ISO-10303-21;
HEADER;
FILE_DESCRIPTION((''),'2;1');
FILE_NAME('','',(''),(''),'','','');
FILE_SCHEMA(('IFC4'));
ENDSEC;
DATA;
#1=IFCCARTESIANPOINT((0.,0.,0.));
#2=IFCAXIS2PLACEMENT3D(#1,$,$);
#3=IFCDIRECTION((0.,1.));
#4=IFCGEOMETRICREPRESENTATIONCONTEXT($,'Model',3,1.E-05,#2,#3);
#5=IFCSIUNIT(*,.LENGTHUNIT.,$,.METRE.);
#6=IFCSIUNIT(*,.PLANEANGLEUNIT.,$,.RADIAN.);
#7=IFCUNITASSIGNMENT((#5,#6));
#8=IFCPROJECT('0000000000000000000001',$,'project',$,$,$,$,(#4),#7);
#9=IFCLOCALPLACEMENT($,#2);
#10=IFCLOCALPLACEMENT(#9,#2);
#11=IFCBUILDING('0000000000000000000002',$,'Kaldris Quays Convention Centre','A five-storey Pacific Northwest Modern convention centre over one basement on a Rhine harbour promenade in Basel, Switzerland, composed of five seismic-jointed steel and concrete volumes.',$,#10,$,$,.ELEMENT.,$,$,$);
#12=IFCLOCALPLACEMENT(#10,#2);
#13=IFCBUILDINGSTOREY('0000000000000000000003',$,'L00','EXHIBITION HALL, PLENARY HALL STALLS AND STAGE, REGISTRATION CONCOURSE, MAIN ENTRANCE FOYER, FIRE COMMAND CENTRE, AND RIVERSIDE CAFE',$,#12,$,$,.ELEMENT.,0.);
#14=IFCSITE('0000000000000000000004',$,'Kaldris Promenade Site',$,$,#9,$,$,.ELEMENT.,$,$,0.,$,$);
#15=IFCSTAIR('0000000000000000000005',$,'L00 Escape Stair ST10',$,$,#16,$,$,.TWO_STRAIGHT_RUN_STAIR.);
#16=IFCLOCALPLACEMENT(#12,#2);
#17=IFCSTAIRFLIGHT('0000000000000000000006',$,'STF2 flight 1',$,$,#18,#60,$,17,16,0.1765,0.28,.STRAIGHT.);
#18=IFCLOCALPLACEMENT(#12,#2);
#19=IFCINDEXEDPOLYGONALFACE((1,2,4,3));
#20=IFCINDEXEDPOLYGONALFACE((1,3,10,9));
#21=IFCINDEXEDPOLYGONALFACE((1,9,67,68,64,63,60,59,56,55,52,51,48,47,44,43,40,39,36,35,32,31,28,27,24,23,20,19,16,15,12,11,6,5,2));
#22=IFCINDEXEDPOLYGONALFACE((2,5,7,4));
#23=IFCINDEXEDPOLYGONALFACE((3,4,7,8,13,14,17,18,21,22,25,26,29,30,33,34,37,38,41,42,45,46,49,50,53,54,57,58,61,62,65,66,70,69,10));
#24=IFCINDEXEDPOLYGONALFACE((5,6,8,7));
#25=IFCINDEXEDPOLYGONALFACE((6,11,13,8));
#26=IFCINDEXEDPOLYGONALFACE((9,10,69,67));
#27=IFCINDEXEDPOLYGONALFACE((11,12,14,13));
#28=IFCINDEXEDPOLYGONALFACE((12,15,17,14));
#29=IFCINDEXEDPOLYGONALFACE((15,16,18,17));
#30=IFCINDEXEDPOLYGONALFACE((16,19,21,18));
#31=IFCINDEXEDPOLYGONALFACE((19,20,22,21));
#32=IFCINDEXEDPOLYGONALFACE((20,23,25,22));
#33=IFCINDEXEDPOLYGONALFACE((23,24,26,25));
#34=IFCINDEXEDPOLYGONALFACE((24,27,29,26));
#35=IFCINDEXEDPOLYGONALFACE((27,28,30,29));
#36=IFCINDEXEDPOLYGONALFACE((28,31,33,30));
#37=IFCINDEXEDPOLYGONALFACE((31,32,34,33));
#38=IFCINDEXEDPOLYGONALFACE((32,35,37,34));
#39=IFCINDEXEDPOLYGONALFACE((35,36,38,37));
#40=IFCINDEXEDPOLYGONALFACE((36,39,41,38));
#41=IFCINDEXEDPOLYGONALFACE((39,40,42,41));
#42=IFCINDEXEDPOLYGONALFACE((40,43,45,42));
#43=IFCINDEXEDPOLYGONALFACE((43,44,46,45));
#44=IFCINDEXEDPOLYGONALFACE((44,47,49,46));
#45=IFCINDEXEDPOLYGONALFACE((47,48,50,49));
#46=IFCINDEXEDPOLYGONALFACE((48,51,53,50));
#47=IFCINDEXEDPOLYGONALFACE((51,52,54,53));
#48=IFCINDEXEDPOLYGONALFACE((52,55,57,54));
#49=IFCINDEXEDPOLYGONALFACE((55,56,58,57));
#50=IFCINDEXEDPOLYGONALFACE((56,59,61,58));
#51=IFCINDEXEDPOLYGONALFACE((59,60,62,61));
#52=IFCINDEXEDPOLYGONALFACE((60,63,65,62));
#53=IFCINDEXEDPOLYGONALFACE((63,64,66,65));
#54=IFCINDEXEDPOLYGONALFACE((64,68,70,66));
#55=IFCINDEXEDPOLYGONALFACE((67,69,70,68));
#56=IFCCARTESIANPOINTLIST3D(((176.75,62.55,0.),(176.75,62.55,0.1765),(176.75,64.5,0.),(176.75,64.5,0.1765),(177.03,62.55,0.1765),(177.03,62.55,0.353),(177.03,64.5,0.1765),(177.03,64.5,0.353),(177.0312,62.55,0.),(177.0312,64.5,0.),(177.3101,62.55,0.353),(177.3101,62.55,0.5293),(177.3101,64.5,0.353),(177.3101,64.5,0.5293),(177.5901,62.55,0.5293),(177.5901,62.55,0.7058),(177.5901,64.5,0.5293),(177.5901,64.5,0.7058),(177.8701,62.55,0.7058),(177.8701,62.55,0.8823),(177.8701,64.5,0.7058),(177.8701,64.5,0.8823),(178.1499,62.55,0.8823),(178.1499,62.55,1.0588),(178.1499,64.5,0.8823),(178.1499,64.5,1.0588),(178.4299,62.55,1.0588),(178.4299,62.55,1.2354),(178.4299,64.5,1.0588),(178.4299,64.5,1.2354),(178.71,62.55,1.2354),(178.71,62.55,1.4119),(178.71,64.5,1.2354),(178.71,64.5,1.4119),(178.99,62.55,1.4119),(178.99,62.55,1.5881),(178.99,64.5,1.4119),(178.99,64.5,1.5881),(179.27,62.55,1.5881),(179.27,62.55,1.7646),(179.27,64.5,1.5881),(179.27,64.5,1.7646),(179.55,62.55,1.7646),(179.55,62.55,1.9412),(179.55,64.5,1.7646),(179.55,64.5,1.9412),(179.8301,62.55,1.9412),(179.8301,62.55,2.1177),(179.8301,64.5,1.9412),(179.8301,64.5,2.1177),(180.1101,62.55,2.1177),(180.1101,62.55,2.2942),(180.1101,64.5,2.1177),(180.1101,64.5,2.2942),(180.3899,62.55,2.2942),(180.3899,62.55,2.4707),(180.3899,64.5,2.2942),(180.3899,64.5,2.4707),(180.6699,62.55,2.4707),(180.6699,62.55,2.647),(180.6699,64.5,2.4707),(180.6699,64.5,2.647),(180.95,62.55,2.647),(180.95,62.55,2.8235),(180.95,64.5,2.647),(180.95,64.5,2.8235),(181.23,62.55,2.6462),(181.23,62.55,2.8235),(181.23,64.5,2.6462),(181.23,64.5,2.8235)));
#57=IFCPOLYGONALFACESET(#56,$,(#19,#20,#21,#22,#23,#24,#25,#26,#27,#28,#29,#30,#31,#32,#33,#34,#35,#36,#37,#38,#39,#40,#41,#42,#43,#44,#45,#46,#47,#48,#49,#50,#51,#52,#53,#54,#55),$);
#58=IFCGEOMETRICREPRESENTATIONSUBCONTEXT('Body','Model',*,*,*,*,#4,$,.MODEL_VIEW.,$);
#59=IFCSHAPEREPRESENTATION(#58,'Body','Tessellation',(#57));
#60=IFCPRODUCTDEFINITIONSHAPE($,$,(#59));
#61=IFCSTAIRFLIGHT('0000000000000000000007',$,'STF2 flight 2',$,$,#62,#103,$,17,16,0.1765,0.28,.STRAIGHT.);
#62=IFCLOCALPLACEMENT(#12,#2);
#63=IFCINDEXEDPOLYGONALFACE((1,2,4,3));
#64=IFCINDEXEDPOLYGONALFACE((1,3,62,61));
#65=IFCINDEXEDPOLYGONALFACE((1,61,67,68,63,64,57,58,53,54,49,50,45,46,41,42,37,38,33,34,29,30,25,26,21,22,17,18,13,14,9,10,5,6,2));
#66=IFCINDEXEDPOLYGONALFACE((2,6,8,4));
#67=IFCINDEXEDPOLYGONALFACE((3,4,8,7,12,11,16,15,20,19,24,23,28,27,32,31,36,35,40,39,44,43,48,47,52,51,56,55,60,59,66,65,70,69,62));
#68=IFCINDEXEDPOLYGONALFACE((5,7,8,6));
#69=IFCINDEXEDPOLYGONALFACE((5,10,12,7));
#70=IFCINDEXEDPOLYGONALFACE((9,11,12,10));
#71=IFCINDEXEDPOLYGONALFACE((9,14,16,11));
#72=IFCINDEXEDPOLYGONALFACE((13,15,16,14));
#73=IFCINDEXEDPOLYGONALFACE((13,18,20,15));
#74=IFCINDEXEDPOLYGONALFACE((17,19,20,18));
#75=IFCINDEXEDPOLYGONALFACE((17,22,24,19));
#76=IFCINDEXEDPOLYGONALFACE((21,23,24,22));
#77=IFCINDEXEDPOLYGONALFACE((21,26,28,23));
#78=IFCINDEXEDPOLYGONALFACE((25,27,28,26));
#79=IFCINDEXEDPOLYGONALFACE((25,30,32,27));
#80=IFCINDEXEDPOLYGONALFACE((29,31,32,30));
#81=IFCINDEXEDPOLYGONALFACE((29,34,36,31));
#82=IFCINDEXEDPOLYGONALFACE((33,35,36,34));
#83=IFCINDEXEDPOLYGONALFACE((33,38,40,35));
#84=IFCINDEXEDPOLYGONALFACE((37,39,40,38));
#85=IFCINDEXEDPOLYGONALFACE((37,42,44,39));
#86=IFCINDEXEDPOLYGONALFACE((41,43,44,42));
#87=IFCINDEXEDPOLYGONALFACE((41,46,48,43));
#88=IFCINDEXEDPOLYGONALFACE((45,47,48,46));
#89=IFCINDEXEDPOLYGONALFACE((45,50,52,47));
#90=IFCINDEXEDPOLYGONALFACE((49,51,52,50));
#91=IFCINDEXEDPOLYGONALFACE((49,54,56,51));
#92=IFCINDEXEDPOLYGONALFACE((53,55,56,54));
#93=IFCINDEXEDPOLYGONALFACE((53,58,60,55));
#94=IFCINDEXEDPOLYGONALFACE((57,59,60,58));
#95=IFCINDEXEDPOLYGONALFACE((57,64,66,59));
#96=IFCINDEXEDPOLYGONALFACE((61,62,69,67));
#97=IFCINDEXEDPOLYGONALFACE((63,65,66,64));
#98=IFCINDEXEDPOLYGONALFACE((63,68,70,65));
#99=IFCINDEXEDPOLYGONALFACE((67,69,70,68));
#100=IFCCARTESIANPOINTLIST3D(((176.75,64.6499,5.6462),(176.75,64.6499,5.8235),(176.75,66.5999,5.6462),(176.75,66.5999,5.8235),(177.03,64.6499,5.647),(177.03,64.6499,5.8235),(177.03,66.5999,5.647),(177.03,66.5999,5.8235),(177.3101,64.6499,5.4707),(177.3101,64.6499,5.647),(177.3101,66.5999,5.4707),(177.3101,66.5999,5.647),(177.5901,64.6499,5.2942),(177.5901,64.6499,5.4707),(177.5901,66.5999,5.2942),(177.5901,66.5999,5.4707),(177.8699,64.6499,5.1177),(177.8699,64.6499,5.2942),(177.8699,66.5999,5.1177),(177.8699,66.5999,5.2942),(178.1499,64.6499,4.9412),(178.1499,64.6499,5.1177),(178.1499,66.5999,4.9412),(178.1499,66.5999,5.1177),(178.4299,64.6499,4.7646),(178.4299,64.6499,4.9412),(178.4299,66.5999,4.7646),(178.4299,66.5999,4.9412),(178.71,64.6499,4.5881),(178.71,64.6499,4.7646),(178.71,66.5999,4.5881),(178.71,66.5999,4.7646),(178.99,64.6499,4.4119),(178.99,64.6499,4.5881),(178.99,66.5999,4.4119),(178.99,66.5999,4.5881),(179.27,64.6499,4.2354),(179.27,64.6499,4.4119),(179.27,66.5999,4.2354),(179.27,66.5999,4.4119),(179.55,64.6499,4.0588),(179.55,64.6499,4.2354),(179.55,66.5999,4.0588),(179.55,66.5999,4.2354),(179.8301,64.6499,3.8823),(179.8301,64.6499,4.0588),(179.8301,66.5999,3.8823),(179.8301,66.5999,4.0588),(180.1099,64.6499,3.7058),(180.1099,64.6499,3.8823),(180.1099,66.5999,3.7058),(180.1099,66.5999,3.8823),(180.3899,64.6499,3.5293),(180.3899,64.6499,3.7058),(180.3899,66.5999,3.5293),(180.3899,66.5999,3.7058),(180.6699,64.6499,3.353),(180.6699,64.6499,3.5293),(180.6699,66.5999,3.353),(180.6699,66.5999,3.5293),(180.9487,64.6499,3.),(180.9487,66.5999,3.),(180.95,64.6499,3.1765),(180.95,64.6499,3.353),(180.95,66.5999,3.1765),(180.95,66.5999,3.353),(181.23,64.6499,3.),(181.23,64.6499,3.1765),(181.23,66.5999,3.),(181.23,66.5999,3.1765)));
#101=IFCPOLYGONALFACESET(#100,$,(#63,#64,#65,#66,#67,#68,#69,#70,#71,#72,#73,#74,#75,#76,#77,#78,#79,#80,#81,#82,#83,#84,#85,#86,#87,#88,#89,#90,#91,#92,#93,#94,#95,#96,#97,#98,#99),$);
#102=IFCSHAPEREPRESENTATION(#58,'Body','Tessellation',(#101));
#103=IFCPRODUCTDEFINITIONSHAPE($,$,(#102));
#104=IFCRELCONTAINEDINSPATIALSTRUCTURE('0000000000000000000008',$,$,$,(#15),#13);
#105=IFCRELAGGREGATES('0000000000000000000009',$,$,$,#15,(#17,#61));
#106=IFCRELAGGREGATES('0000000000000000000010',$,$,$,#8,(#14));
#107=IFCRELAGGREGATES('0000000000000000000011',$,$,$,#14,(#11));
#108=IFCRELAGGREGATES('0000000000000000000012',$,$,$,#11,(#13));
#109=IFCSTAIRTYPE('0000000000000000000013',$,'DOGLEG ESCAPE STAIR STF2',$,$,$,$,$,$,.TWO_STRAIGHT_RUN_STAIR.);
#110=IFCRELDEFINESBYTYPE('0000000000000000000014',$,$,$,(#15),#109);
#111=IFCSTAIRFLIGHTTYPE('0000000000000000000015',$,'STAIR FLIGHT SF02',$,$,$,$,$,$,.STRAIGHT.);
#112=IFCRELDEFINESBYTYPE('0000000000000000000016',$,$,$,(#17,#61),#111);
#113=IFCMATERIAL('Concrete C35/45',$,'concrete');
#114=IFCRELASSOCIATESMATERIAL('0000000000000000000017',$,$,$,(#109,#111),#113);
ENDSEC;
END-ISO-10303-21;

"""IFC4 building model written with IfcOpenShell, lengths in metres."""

from ifc_helpers import new_model, si_unit, direction, frame, origin, place, context, subcontext, project, spatial, polyline, outline, extrude, material, type_object, element, aggregate, save


model = new_model("IFC4")

# Units and contexts
model_context = context("Model", 3, precision=1e-05, world=origin(), true_north=direction((0.0, 1.0)))
body_context = subcontext(model_context, "Body", "Model", "MODEL_VIEW")
ifc_project = project(units=[si_unit("LENGTHUNIT", "METRE"), si_unit("PLANEANGLEUNIT", "RADIAN")], contexts=[model_context])

# Site, building, storey
site_placement = place(None, origin())
site = spatial("IfcSite", under=ifc_project, at=site_placement, Name="Kaldris Promenade Site", CompositionType="ELEMENT", RefElevation=0.0)
building_placement = place(site_placement, origin())
building = spatial("IfcBuilding", under=site, at=building_placement, Name="Kaldris Quays Convention Centre", Description="A five-storey Pacific Northwest Modern convention centre over one basement on a Rhine harbour promenade in Basel, Switzerland, composed of five seismic-jointed steel and concrete volumes.", CompositionType="ELEMENT")
storey_placement = place(building_placement, origin())
storey = spatial("IfcBuildingStorey", under=building, at=storey_placement, Name="L00", Description="EXHIBITION HALL, PLENARY HALL STALLS AND STAGE, REGISTRATION CONCOURSE, MAIN ENTRANCE FOYER, FIRE COMMAND CENTRE, AND RIVERSIDE CAFE", CompositionType="ELEMENT", Elevation=0.0)

# Shared definitions
ifc_material_1 = material(Name="Concrete C35/45", Category="concrete")

# Stair, stair flights
stair_type = type_object("IfcStairType", Name="DOGLEG ESCAPE STAIR STF2", PredefinedType="TWO_STRAIGHT_RUN_STAIR", material=ifc_material_1)
stair_placement = place(storey_placement, origin())
stair = element("IfcStair", 1, at=stair_placement, inside=storey, type_object=stair_type, Name="L00 Escape Stair ST10", PredefinedType="TWO_STRAIGHT_RUN_STAIR")
stair_flight_type = type_object("IfcStairFlightType", Name="STAIR FLIGHT SF02", PredefinedType="STRAIGHT", material=ifc_material_1)
stair_flight_1_placement = place(storey_placement, frame((176.75, 63.5249, 0.0), z_axis=(0.0, 0.0, 1.0), x_axis=(1.0, 0.0, 0.0)))
stair_flight_1 = element("IfcStairFlight", 2, at=stair_flight_1_placement, type_object=stair_flight_type, Name="STF2 flight 1", NumberOfRisers=17, NumberOfTreads=16, PredefinedType="STRAIGHT", RiserHeight=0.1765, TreadLength=0.28, context=body_context, shape_type="SweptSolid", body=[
    extrude(outline(polyline([(0.0, 0.0), (0.0, 0.1765), (0.28, 0.1765), (0.28, 0.353), (0.5601, 0.353), (0.5601, 0.5293), (0.8401, 0.5293), (0.8401, 0.7058), (1.1201, 0.7058), (1.1201, 0.8823), (1.3999, 0.8823), (1.3999, 1.0588), (1.6799, 1.0588), (1.6799, 1.2354), (1.96, 1.2354), (1.96, 1.4119), (2.24, 1.4119), (2.24, 1.5881), (2.52, 1.5881), (2.52, 1.7646), (2.8, 1.7646), (2.8, 1.9412), (3.0801, 1.9412), (3.0801, 2.1177), (3.3601, 2.1177), (3.3601, 2.2942), (3.6399, 2.2942), (3.6399, 2.4707), (3.9199, 2.4707), (3.9199, 2.647), (4.2, 2.647), (4.2, 2.8235), (4.48, 2.8235), (4.48, 3.0), (4.48, 2.6462), (0.2812, 0.0), (0.0, 0.0)])), frame((0.0, 0.9751, 0.0), z_axis=(0.0, -1.0, 0.0), x_axis=(1.0, 0.0, 0.0)), (0.0, 0.0, 1.0), 1.95),
])
stair_flight_2_placement = place(storey_placement, frame((181.23, 65.625, 3.0), z_axis=(0.0, 0.0, 1.0), x_axis=(-1.0, 0.0, 0.0)))
stair_flight_2 = element("IfcStairFlight", 3, at=stair_flight_2_placement, type_object=stair_flight_type, Name="STF2 flight 2", NumberOfRisers=17, NumberOfTreads=16, PredefinedType="STRAIGHT", RiserHeight=0.1765, TreadLength=0.28, context=body_context, shape_type="SweptSolid", body=[
    extrude(outline(polyline([(0.0, 0.0), (0.0, 0.1765), (0.28, 0.1765), (0.28, 0.353), (0.5601, 0.353), (0.5601, 0.5293), (0.8401, 0.5293), (0.8401, 0.7058), (1.1201, 0.7058), (1.1201, 0.8823), (1.3999, 0.8823), (1.3999, 1.0588), (1.6799, 1.0588), (1.6799, 1.2354), (1.96, 1.2354), (1.96, 1.4119), (2.24, 1.4119), (2.24, 1.5881), (2.52, 1.5881), (2.52, 1.7646), (2.8, 1.7646), (2.8, 1.9412), (3.0801, 1.9412), (3.0801, 2.1177), (3.3601, 2.1177), (3.3601, 2.2942), (3.6399, 2.2942), (3.6399, 2.4707), (3.9199, 2.4707), (3.9199, 2.647), (4.2, 2.647), (4.2, 2.8235), (4.48, 2.8235), (4.48, 3.0), (4.48, 2.6462), (0.2812, 0.0), (0.0, 0.0)])), frame((0.0, 0.9751, 0.0), z_axis=(0.0, -1.0, 0.0), x_axis=(1.0, 0.0, 0.0)), (0.0, 0.0, 1.0), 1.95),
])
aggregate(stair, [stair_flight_1, stair_flight_2])

save(model, "model.ifc")
